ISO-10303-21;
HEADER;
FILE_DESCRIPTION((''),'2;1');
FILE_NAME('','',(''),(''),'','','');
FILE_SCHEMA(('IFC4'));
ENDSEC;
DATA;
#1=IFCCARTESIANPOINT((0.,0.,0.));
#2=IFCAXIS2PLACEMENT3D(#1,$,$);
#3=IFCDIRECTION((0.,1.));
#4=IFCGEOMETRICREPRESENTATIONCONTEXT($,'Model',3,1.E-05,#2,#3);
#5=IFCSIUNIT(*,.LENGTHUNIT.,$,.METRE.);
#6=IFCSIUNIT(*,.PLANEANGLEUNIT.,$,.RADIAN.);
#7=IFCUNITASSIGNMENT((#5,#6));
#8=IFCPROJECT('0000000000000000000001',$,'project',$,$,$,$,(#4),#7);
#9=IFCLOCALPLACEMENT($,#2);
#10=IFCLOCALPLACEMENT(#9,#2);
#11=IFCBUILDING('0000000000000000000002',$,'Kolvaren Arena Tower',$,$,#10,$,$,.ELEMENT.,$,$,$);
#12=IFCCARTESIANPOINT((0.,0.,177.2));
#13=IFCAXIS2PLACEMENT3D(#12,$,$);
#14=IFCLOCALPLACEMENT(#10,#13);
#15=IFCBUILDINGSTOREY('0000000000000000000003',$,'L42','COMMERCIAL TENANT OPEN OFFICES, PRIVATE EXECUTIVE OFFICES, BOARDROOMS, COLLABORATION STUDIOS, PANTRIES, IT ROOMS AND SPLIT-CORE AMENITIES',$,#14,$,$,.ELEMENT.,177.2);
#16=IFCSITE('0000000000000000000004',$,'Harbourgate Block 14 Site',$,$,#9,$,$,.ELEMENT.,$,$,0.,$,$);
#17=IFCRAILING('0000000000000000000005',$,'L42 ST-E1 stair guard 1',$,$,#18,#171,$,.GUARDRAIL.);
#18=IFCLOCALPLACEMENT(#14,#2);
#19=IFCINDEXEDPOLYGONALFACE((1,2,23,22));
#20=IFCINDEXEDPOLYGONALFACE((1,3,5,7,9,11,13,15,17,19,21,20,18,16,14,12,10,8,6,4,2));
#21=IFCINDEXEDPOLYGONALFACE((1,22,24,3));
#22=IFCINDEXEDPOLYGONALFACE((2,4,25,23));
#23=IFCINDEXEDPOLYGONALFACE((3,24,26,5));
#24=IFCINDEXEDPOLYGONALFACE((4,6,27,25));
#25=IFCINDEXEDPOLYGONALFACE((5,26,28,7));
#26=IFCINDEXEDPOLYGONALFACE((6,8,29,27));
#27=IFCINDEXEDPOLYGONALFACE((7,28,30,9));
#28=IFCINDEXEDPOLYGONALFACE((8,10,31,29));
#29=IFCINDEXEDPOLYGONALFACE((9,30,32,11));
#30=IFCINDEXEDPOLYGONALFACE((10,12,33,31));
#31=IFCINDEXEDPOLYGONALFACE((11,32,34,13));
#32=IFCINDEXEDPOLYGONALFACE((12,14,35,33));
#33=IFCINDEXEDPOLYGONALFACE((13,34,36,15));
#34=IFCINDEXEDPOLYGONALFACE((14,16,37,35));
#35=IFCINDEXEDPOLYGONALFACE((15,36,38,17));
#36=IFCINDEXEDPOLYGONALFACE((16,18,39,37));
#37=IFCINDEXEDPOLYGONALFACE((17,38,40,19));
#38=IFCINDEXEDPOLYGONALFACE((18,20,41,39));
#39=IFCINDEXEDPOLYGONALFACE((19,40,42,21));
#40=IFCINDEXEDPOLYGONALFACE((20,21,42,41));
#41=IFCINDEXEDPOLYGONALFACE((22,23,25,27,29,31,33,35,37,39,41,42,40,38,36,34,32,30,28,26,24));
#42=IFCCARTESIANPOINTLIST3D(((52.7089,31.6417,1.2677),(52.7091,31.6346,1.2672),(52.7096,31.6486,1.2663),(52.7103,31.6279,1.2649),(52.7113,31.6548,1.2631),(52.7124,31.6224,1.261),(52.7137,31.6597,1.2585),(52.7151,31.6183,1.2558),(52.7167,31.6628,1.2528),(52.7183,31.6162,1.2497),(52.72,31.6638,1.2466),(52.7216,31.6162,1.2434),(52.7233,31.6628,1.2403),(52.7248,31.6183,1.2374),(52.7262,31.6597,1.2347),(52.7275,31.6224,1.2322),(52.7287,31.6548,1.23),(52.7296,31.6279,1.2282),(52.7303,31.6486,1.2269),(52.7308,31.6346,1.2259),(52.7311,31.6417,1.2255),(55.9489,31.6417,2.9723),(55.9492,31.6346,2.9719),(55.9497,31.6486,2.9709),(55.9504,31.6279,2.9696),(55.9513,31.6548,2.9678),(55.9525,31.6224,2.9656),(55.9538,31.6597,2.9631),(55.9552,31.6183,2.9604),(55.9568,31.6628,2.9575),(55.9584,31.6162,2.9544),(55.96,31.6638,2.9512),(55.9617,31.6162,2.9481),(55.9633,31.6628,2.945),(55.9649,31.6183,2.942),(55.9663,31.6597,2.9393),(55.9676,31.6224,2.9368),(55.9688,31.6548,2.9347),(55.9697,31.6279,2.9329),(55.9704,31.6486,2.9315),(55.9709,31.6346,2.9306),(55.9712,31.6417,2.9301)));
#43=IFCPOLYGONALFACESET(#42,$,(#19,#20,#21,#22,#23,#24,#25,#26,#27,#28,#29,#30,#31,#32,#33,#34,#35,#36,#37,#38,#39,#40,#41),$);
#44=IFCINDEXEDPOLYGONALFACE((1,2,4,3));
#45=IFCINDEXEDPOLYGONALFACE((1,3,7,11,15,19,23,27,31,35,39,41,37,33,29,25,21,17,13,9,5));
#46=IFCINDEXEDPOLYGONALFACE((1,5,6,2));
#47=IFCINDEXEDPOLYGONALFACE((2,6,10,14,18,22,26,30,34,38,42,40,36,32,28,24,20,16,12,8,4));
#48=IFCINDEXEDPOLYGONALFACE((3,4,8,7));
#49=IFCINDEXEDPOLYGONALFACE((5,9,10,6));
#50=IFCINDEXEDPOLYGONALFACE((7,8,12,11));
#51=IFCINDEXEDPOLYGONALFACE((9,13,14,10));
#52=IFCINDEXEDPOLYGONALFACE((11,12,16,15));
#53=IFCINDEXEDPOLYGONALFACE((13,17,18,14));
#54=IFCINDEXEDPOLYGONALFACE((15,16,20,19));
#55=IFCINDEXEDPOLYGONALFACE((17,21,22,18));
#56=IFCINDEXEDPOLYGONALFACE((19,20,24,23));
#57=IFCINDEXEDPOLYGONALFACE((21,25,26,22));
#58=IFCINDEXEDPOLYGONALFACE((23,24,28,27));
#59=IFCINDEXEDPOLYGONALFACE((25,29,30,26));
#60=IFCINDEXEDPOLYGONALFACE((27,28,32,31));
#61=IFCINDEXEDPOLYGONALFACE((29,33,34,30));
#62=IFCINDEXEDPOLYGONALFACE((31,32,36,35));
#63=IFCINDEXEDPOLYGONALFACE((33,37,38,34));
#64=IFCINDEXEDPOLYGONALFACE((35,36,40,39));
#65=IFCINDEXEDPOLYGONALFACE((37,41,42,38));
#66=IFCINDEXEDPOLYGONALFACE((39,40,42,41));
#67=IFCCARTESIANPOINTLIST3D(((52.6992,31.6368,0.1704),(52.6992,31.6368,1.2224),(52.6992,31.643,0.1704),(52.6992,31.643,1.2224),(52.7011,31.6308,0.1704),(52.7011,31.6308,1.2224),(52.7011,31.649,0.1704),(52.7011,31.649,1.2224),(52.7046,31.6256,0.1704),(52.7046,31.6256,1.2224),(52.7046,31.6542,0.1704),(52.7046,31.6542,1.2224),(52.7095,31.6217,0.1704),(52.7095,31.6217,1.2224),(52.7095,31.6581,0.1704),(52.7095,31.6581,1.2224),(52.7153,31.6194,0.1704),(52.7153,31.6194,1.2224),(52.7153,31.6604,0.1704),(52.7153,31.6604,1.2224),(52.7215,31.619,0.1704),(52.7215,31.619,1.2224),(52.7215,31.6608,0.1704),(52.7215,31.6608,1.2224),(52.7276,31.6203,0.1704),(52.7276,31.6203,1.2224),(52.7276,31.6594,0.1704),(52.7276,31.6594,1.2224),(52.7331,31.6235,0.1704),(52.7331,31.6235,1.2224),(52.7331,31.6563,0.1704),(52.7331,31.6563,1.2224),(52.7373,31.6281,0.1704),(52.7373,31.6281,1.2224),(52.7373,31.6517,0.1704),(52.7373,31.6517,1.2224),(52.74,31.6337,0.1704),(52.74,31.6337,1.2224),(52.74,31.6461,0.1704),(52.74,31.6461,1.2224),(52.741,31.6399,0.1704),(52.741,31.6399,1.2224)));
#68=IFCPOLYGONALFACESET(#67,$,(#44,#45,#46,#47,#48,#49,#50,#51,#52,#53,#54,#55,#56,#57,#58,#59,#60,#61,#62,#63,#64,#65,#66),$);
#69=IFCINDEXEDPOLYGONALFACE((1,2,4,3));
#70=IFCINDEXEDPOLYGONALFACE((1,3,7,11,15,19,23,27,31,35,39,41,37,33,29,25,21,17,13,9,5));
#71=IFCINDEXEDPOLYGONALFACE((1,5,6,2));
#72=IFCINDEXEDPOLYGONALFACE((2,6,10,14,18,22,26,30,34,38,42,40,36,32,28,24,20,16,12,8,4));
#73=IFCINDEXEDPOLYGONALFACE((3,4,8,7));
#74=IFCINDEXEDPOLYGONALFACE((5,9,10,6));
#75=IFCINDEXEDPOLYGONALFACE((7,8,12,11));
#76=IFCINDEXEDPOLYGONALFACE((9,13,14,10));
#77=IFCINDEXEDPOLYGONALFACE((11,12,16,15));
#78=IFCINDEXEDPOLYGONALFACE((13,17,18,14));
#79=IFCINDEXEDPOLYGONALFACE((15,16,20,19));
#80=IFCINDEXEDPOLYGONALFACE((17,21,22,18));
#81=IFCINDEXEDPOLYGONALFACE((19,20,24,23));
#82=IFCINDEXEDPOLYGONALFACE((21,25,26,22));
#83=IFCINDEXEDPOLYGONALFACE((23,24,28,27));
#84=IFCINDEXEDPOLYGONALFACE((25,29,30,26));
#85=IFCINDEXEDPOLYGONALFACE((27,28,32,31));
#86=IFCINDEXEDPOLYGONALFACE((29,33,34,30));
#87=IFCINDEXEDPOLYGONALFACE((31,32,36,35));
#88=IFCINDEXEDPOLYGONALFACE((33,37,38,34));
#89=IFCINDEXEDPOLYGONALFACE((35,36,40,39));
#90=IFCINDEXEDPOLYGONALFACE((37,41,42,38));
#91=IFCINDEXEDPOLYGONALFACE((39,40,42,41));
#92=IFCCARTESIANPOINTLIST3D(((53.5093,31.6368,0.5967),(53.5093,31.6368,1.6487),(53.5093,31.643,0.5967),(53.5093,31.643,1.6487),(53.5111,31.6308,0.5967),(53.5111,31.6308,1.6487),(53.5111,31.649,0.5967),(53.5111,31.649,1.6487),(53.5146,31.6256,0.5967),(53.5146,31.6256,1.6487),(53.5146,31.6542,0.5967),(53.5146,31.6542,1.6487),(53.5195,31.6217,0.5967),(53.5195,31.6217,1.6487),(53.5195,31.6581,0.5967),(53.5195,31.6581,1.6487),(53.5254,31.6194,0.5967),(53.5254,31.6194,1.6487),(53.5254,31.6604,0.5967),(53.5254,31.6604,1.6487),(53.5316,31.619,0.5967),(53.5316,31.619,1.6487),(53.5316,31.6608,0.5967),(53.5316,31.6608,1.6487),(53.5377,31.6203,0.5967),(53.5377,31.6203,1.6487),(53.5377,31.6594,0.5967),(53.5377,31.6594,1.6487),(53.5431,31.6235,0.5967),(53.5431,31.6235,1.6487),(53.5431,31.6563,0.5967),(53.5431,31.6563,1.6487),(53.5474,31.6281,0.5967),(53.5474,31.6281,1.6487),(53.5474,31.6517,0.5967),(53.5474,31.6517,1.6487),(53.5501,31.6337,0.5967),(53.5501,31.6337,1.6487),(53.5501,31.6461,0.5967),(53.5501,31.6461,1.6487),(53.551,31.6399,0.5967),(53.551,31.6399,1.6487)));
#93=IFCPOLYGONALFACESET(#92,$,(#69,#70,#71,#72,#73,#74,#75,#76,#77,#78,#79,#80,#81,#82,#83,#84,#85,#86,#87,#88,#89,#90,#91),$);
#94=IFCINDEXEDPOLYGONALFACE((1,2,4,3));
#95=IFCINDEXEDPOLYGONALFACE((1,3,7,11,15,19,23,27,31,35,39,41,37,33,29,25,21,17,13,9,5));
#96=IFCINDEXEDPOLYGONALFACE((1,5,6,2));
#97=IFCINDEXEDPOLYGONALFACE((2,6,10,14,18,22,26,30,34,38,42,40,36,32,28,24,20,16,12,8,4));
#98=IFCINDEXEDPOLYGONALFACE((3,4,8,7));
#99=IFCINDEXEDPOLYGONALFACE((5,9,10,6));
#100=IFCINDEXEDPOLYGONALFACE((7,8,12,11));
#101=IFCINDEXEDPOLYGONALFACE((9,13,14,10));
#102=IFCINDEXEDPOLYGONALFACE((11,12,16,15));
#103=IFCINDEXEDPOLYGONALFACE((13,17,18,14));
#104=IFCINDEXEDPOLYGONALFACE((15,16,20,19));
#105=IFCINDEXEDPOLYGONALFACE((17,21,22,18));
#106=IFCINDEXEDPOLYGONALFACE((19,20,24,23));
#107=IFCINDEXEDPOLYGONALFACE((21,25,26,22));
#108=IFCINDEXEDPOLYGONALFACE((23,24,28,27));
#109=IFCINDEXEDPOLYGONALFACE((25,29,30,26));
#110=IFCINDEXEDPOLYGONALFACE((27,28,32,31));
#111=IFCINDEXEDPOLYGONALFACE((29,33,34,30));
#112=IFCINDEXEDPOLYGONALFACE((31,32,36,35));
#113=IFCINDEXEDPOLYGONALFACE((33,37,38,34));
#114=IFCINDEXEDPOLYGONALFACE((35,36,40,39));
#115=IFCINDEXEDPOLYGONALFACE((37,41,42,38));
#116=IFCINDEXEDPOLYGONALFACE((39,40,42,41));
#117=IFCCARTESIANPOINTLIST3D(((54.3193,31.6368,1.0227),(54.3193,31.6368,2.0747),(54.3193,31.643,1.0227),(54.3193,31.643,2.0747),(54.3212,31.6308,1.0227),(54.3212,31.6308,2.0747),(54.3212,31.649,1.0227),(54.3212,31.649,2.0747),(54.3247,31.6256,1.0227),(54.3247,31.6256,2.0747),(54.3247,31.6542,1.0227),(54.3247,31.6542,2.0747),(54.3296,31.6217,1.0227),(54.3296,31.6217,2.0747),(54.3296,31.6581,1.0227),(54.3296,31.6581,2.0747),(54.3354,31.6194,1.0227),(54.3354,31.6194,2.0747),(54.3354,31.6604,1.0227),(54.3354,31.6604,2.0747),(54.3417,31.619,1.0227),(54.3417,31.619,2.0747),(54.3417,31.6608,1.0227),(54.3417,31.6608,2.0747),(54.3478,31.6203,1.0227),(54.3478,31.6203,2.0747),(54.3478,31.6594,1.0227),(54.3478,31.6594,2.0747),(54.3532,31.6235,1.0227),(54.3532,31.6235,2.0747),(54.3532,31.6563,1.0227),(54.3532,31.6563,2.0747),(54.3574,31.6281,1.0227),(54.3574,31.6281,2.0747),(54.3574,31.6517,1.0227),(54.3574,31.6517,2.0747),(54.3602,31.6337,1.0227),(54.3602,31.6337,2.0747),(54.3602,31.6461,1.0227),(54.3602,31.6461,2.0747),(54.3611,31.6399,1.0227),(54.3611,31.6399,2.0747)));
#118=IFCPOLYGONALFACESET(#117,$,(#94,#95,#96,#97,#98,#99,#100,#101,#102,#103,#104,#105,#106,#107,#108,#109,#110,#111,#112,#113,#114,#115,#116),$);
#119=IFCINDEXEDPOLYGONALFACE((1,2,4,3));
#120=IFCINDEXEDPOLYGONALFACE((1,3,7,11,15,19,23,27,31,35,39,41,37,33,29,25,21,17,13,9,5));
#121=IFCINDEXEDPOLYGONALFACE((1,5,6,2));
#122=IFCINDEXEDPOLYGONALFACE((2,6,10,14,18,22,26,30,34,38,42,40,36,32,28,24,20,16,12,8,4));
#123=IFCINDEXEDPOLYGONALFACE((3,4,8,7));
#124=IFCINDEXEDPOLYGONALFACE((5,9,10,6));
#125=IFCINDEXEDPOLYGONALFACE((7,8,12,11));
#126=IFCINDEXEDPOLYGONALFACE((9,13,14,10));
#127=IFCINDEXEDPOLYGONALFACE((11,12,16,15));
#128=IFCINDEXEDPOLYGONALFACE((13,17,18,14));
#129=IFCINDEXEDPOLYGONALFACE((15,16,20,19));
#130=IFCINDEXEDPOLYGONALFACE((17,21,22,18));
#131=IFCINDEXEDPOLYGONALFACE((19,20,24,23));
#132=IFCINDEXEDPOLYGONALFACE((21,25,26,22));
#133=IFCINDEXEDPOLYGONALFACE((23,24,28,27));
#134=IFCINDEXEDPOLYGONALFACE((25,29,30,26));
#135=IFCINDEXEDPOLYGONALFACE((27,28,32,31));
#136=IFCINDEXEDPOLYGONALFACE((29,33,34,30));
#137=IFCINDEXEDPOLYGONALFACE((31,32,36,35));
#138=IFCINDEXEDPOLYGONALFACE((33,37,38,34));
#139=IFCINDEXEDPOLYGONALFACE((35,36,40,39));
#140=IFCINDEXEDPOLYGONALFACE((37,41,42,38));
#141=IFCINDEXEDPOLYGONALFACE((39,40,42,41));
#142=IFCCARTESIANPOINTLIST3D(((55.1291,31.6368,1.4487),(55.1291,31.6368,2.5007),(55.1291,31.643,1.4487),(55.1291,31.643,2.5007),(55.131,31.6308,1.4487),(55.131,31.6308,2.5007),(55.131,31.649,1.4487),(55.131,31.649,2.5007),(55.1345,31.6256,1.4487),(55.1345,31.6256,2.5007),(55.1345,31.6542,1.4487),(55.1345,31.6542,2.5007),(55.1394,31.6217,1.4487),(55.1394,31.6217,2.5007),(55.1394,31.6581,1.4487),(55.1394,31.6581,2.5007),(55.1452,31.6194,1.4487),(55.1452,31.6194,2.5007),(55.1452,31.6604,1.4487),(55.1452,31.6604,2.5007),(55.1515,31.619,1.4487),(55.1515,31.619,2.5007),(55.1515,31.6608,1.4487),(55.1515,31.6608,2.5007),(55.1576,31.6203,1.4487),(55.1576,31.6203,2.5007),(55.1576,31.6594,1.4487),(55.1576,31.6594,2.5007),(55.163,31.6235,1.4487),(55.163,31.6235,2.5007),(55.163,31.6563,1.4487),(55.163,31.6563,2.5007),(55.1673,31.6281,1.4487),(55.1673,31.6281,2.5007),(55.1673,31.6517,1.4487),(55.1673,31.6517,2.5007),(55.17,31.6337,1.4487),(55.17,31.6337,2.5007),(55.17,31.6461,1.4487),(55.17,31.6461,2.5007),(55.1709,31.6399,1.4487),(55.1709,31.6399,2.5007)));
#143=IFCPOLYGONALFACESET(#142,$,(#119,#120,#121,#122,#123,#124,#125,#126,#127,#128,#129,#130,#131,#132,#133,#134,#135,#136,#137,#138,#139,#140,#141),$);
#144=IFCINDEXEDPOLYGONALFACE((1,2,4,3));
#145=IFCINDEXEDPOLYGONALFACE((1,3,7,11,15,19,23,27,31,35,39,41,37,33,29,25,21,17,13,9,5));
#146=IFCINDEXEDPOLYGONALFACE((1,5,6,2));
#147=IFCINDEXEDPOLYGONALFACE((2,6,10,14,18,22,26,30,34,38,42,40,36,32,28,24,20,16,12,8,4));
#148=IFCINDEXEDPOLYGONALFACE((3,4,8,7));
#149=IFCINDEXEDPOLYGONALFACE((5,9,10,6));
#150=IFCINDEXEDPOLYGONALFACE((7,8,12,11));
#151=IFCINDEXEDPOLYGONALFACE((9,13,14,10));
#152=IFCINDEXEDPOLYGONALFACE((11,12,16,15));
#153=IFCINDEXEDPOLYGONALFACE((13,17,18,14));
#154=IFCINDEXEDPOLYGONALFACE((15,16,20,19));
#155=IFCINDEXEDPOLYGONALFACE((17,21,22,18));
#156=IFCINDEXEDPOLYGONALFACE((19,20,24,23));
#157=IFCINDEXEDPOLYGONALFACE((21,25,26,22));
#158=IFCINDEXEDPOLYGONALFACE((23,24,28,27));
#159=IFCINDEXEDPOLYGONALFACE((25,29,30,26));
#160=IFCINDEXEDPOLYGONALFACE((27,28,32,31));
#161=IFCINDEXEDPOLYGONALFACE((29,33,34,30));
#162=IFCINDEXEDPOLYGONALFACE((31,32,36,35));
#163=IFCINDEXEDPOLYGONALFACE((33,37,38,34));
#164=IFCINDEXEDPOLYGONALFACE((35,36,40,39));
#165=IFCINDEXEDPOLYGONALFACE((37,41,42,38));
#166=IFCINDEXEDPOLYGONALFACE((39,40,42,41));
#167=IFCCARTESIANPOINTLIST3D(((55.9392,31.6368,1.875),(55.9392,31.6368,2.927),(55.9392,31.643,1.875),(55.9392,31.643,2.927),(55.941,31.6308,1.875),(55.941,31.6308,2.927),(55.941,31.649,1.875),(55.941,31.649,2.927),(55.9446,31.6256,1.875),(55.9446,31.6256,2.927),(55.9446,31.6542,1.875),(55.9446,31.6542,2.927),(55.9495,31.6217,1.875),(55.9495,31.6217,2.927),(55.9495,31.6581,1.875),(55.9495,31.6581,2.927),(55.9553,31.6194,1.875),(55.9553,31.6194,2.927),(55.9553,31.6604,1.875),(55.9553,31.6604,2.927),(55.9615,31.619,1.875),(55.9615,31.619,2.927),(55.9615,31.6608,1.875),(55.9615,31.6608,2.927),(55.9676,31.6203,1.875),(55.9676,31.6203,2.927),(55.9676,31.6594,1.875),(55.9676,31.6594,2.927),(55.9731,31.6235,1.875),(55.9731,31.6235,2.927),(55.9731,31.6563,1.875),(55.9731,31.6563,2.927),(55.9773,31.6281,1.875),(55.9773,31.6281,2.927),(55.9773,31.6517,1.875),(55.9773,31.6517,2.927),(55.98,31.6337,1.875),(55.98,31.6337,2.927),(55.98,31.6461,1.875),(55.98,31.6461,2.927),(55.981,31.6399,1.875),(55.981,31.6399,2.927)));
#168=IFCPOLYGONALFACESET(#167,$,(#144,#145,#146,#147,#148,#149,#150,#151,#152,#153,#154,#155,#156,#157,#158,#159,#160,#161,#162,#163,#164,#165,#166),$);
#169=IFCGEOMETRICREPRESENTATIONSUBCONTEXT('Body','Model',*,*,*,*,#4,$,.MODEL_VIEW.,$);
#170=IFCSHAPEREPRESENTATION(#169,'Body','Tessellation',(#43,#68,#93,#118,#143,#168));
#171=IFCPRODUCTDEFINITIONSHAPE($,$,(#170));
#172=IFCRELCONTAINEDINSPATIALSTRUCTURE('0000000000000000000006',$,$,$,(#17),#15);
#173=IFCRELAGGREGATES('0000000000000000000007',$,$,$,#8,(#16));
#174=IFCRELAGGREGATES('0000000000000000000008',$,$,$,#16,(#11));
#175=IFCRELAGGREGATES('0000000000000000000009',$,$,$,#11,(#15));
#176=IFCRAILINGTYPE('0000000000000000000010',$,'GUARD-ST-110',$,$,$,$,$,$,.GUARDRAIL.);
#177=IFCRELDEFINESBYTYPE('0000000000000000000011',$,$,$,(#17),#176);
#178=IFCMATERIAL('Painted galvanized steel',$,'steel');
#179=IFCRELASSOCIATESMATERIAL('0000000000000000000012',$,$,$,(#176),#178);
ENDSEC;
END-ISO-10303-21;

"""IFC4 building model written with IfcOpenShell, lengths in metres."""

from ifc_helpers import new_model, si_unit, direction, frame, origin, origin_2d, place, context, subcontext, project, spatial, circle, extrude, material, type_object, element, save


model = new_model("IFC4")

# Units and contexts
model_context = context("Model", 3, precision=1e-05, world=origin(), true_north=direction((0.0, 1.0)))
body_context = subcontext(model_context, "Body", "Model", "MODEL_VIEW")
ifc_project = project(units=[si_unit("LENGTHUNIT", "METRE"), si_unit("PLANEANGLEUNIT", "RADIAN")], contexts=[model_context])

# Site, building, storey
site_placement = place(None, origin())
site = spatial("IfcSite", under=ifc_project, at=site_placement, Name="Harbourgate Block 14 Site", CompositionType="ELEMENT", RefElevation=0.0)
building_placement = place(site_placement, origin())
building = spatial("IfcBuilding", under=site, at=building_placement, Name="Kolvaren Arena Tower", CompositionType="ELEMENT")
storey_placement = place(building_placement, frame((0.0, 0.0, 177.2)))
storey = spatial("IfcBuildingStorey", under=building, at=storey_placement, Name="L42", Description="COMMERCIAL TENANT OPEN OFFICES, PRIVATE EXECUTIVE OFFICES, BOARDROOMS, COLLABORATION STUDIOS, PANTRIES, IT ROOMS AND SPLIT-CORE AMENITIES", CompositionType="ELEMENT", Elevation=177.2)

# Railing
ifc_material_1 = material(Name="Painted galvanized steel", Category="steel")
railing_type_1 = type_object("IfcRailingType", Name="GUARD-ST-110", PredefinedType="GUARDRAIL", material=ifc_material_1)
railing_1_placement = place(storey_placement, frame((52.72, 31.6399, 0.1704)))
element("IfcRailing", 1, at=railing_1_placement, inside=storey, type_object=railing_type_1, Name="L42 ST-E1 stair guard 1", PredefinedType="GUARDRAIL", context=body_context, shape_type="SweptSolid", body=[
    extrude(circle(Radius=0.0239, at=origin_2d()), frame((0.0, 0.0, 1.0762), z_axis=(0.884993, 0.0, 0.465604), x_axis=(0.0, 1.0, 0.0)), (0.0, 0.0, 1.0), 3.6611),
    extrude(circle(Radius=0.021, at=origin_2d()), origin(), (0.0, 0.0, 1.0), 1.052),
    extrude(circle(Radius=0.021, at=origin_2d()), frame((0.8101, 0.0, 0.4263)), (0.0, 0.0, 1.0), 1.052),
    extrude(circle(Radius=0.021, at=origin_2d()), frame((1.6201, 0.0, 0.8523)), (0.0, 0.0, 1.0), 1.052),
    extrude(circle(Radius=0.021, at=origin_2d()), frame((2.4299, 0.0, 1.2783)), (0.0, 0.0, 1.0), 1.052),
    extrude(circle(Radius=0.021, at=origin_2d()), frame((3.24, 0.0, 1.7046)), (0.0, 0.0, 1.0), 1.052),
])

save(model, "model.ifc")
